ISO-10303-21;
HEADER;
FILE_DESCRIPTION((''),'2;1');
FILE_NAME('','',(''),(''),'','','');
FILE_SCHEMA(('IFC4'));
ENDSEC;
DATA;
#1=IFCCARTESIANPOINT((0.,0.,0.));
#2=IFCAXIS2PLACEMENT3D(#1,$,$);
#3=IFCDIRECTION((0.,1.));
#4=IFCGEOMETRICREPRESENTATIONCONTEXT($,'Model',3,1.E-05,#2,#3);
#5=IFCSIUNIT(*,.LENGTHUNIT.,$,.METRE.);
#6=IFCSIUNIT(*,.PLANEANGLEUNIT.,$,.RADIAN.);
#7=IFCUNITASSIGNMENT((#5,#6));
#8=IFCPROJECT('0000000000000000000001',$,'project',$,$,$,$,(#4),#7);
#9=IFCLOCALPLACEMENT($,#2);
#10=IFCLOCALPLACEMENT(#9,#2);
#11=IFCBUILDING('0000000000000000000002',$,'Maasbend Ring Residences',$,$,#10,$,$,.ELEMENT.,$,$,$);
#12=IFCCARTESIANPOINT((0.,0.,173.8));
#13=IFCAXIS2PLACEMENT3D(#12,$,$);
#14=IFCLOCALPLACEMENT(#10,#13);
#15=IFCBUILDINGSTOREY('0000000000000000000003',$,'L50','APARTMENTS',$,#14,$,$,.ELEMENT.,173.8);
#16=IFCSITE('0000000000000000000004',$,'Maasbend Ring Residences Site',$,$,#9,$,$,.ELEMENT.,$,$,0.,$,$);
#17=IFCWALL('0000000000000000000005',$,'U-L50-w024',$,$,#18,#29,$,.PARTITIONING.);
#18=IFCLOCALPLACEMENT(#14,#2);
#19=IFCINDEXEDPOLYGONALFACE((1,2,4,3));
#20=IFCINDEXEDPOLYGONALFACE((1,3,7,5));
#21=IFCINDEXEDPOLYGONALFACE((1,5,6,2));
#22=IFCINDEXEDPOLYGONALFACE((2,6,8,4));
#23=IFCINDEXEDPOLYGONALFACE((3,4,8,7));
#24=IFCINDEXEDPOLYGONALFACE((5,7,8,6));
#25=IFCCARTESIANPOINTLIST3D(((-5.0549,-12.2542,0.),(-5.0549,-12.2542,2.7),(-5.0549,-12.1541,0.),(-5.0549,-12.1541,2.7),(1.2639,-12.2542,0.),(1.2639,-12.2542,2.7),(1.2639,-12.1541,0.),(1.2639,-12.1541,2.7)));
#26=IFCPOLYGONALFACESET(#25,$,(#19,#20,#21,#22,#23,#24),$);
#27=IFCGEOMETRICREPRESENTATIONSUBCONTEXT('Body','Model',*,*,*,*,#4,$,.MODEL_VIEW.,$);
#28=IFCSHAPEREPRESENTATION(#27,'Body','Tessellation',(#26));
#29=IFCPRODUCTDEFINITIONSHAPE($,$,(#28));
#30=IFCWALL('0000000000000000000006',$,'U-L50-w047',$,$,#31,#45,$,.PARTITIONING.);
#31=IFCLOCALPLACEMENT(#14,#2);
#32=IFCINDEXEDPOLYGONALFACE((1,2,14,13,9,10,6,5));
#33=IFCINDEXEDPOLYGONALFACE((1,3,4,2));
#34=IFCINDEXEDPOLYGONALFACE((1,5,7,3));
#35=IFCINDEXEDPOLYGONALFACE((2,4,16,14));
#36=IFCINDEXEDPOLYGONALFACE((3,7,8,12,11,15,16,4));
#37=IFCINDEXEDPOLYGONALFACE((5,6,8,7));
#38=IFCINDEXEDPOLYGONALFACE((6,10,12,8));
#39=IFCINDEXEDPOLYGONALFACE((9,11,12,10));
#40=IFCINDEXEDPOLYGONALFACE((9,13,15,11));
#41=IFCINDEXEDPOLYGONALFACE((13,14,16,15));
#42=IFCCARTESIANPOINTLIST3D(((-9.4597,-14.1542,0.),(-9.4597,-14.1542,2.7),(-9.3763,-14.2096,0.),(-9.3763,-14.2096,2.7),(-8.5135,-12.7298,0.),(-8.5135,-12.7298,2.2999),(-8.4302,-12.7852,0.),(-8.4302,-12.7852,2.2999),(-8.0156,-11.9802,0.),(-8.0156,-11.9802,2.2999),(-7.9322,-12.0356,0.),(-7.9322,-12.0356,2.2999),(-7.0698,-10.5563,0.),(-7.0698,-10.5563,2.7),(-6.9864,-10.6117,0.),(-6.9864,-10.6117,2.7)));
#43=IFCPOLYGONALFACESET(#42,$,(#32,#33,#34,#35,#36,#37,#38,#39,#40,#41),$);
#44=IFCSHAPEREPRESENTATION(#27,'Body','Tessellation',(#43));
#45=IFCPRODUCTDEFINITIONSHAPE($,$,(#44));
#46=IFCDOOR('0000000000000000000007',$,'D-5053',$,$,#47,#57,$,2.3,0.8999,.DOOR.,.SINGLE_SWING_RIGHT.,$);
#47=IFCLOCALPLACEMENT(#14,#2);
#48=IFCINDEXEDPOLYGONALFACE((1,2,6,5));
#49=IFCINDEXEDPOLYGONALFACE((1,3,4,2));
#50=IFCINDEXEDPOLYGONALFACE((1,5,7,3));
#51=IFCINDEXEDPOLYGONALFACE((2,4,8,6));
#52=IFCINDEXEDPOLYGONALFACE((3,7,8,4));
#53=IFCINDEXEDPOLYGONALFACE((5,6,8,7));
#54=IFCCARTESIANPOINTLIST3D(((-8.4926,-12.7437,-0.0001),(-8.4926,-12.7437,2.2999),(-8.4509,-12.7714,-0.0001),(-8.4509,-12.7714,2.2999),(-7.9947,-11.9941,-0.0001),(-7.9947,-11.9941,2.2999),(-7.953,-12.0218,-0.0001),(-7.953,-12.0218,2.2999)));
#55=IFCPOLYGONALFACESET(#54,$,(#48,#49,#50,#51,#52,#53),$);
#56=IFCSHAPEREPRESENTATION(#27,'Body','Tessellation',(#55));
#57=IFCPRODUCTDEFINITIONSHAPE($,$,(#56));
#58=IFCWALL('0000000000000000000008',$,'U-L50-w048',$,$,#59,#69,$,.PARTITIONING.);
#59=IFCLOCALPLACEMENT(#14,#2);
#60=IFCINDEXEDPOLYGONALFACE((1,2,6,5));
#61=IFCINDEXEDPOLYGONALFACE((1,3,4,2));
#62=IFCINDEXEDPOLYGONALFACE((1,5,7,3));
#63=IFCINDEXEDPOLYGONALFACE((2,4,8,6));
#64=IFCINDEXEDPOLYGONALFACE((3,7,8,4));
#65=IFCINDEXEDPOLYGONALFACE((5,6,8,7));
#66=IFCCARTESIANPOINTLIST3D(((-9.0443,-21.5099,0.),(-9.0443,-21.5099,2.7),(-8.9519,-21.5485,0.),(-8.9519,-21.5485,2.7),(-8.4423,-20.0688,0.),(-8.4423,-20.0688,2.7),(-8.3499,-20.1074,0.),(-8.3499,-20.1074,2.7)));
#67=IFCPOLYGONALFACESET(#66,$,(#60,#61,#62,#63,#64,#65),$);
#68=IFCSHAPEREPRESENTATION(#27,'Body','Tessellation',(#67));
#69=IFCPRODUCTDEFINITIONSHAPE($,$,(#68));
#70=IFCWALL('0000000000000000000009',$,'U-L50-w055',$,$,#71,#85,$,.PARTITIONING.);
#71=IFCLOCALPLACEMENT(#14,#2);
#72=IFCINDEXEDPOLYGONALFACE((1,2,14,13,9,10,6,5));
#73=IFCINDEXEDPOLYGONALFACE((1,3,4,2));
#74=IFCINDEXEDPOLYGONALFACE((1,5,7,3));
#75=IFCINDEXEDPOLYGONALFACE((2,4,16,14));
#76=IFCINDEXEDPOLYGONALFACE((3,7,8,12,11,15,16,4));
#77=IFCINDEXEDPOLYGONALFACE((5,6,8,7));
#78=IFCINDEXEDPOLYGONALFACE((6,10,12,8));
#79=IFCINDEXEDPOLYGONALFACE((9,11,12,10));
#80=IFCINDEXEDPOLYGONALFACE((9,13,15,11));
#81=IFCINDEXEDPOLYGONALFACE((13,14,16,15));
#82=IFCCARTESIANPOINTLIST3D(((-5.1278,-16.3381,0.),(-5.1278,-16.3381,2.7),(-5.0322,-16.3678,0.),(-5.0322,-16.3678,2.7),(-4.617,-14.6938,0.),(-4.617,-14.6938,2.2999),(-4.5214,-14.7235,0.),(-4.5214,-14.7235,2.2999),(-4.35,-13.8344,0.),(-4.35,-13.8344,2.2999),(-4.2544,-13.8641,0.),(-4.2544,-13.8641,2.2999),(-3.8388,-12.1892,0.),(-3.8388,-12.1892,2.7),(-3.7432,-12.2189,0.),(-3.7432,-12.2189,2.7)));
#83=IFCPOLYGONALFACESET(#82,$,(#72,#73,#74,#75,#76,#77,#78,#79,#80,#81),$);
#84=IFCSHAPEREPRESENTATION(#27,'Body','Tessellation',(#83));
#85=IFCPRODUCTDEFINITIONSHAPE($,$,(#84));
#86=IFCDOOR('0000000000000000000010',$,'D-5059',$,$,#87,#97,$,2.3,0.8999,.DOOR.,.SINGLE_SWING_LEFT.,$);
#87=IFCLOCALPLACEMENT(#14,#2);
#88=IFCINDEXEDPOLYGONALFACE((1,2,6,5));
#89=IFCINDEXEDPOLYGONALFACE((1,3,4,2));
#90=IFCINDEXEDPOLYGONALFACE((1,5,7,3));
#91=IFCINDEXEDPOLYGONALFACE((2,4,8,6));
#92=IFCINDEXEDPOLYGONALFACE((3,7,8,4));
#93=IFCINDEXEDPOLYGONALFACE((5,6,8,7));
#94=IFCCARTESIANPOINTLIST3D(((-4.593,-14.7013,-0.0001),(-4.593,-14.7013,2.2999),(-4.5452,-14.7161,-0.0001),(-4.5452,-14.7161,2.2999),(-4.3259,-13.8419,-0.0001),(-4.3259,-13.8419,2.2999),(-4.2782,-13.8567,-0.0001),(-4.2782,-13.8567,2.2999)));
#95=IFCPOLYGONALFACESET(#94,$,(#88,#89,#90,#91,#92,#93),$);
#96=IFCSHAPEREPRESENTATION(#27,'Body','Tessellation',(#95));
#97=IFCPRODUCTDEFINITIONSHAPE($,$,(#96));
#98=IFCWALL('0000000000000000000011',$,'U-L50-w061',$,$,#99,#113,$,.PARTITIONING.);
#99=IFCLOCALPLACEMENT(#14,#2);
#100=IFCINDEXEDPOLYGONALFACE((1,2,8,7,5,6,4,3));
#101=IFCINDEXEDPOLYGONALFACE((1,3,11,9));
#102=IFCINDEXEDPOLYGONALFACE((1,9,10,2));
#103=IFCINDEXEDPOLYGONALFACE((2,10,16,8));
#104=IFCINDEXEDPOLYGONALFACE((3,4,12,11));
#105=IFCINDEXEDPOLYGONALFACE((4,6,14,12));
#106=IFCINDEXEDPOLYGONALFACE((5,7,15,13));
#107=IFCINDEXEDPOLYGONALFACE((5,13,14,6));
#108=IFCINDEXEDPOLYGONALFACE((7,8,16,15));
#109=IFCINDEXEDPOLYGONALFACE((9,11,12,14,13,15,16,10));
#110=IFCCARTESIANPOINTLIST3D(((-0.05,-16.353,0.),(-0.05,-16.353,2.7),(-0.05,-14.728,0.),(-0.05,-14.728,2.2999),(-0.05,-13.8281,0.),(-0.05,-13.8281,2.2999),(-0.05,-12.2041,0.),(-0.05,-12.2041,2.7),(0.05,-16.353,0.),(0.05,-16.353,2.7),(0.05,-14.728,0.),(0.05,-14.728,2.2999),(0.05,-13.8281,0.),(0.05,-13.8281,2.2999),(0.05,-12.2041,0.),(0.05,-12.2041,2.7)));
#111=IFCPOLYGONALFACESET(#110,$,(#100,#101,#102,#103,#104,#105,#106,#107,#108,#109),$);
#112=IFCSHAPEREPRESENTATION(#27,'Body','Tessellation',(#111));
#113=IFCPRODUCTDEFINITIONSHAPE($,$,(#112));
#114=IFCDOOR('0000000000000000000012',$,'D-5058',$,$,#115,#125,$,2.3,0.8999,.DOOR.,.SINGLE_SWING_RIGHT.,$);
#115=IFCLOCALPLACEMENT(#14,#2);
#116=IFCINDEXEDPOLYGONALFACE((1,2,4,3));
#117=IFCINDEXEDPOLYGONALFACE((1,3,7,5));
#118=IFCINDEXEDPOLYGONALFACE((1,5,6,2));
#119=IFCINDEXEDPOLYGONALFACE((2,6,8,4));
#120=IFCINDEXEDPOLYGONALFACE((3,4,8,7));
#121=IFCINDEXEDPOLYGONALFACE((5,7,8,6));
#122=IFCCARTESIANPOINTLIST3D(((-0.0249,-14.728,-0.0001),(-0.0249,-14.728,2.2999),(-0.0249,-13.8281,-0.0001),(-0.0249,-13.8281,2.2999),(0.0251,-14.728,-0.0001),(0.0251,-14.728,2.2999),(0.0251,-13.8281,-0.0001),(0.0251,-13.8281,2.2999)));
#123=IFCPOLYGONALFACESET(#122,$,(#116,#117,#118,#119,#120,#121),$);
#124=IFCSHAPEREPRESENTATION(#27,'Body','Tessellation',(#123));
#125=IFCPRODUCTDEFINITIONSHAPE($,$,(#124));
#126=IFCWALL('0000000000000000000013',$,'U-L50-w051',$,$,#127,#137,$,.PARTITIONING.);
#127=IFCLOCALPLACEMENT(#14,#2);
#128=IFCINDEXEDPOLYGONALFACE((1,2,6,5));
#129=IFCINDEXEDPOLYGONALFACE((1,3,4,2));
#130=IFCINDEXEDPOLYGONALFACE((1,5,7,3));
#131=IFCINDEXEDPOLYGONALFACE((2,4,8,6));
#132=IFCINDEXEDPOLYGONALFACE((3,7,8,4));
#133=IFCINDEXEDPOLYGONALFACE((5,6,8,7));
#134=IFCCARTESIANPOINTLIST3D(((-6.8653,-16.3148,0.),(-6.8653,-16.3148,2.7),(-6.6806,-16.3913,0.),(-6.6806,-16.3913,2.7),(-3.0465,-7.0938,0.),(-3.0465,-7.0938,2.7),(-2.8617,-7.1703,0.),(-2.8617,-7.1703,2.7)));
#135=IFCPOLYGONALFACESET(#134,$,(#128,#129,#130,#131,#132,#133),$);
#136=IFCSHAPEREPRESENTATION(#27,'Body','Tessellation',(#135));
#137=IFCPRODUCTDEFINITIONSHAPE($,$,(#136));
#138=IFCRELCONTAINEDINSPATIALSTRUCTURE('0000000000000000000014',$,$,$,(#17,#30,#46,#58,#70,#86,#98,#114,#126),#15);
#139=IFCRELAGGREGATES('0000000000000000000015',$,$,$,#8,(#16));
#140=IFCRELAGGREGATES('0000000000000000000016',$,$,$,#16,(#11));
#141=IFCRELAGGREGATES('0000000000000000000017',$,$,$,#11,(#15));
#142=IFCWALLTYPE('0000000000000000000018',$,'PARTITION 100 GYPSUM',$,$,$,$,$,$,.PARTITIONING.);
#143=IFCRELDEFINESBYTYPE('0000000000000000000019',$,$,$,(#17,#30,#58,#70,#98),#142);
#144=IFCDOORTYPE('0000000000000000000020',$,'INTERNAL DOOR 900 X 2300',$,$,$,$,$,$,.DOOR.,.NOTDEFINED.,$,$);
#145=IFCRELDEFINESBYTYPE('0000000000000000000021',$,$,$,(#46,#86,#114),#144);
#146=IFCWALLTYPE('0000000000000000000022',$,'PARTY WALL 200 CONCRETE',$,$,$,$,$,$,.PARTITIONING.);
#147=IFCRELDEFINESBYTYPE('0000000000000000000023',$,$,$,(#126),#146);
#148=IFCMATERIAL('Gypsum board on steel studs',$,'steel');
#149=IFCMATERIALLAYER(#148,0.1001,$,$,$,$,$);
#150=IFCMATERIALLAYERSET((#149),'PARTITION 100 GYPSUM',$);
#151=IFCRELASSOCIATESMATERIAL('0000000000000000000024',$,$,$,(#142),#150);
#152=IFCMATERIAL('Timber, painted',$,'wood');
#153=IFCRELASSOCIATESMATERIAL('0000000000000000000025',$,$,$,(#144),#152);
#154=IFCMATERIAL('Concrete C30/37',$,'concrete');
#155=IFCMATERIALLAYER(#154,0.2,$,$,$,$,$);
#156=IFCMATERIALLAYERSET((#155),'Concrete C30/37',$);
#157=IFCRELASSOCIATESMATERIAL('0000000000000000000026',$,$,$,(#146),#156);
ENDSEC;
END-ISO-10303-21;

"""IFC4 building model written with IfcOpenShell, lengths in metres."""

from ifc_helpers import new_model, si_unit, direction, frame, frame_2d, origin, place, context, subcontext, project, spatial, rectangle, extrude, material, layer, layer_set, type_object, element, fill, save


model = new_model("IFC4")

# Units and contexts
model_context = context("Model", 3, precision=1e-05, world=origin(), true_north=direction((0.0, 1.0)))
body_context = subcontext(model_context, "Body", "Model", "MODEL_VIEW")
ifc_project = project(units=[si_unit("LENGTHUNIT", "METRE"), si_unit("PLANEANGLEUNIT", "RADIAN")], contexts=[model_context])

# Site, building, storey
site_placement = place(None, origin())
site = spatial("IfcSite", under=ifc_project, at=site_placement, Name="Maasbend Ring Residences Site", CompositionType="ELEMENT", RefElevation=0.0)
building_placement = place(site_placement, origin())
building = spatial("IfcBuilding", under=site, at=building_placement, Name="Maasbend Ring Residences", CompositionType="ELEMENT")
storey_placement = place(building_placement, frame((0.0, 0.0, 173.8)))
storey = spatial("IfcBuildingStorey", under=building, at=storey_placement, Name="L50", Description="APARTMENTS", CompositionType="ELEMENT", Elevation=173.8)

# Shared definitions
ifc_material_1 = material(Name="Gypsum board on steel studs", Category="steel")
ifc_layer_1 = layer(ifc_material_1, 0.1001)
ifc_layer_set_1 = layer_set([ifc_layer_1], Name="PARTITION 100 GYPSUM")
wall_type_1 = type_object("IfcWallType", Name="PARTITION 100 GYPSUM", PredefinedType="PARTITIONING", material=ifc_layer_set_1)
ifc_material_2 = material(Name="Timber, painted", Category="wood")
door_type_1 = type_object("IfcDoorType", Name="INTERNAL DOOR 900 X 2300", OperationType="NOTDEFINED", PredefinedType="DOOR", material=ifc_material_2)

# Wall
wall_1_placement = place(storey_placement, frame((-5.0549, -12.2041, 0.0), z_axis=(0.0, 0.0, 1.0), x_axis=(1.0, 0.0, 0.0)))
element("IfcWall", 1, at=wall_1_placement, inside=storey, type_object=wall_type_1, Name="U-L50-w024", PredefinedType="PARTITIONING", context=body_context, shape_type="SweptSolid", body=[
    extrude(rectangle(XDim=6.3188, YDim=0.1001, at=frame_2d((3.1594, 0.0))), origin(), (0.0, 0.0, 1.0), 2.7),
])

# Wall, opening, door
wall_2_placement = place(storey_placement, frame((-9.418, -14.1819, 0.0), z_axis=(0.0, 0.0, 1.0), x_axis=(0.553304, 0.83298, 0.0)))
wall_2 = element("IfcWall", 2, at=wall_2_placement, inside=storey, type_object=wall_type_1, Name="U-L50-w047", PredefinedType="PARTITIONING", context=body_context, shape_type="SweptSolid", body=[
    extrude(rectangle(XDim=4.3193, YDim=0.1001, at=frame_2d((2.1597, 0.0))), origin(), (0.0, 0.0, 1.0), 2.7),
])
opening_1_placement = place(wall_2_placement, frame((1.71, 0.0, 0.0)))
opening_1 = element("IfcOpeningElement", 3, at=opening_1_placement, cuts=wall_2, PredefinedType="OPENING", context=body_context, shape_type="SweptSolid", body=[
    extrude(rectangle(XDim=0.8999, YDim=2.3, at=frame_2d((0.45, 1.1499))), frame((0.0, 0.0601, 0.0), z_axis=(0.0, -1.0, 0.0), x_axis=(1.0, 0.0, 0.0)), (0.0, 0.0, 1.0), 0.1201),
])
door_1_placement = place(opening_1_placement, origin())
door_1 = element("IfcDoor", 4, at=door_1_placement, inside=storey, type_object=door_type_1, Name="D-5053", OperationType="SINGLE_SWING_RIGHT", OverallHeight=2.3, OverallWidth=0.8999, PredefinedType="DOOR", context=body_context, shape_type="SweptSolid", body=[
    extrude(rectangle(XDim=0.8999, YDim=2.3, at=frame_2d((0.45, 1.1499))), frame((0.0, 0.0249, 0.0), z_axis=(0.0, -1.0, 0.0), x_axis=(1.0, 0.0, 0.0)), (0.0, 0.0, 1.0), 0.05),
])
fill(opening_1, door_1)

# Wall
wall_3_placement = place(storey_placement, frame((-8.998, -21.5291, 0.0), z_axis=(0.0, 0.0, 1.0), x_axis=(0.38547, 0.92272, 0.0)))
element("IfcWall", 5, at=wall_3_placement, inside=storey, type_object=wall_type_1, Name="U-L50-w048", PredefinedType="PARTITIONING", context=body_context, shape_type="SweptSolid", body=[
    extrude(rectangle(XDim=1.5618, YDim=0.1001, at=frame_2d((0.7808, 0.0))), origin(), (0.0, 0.0, 1.0), 2.7),
])

# Walls, openings, doors
wall_4_placement = place(storey_placement, frame((-5.0801, -16.353, 0.0), z_axis=(0.0, 0.0, 1.0), x_axis=(0.296707, 0.954969, 0.0)))
wall_4 = element("IfcWall", 6, at=wall_4_placement, inside=storey, type_object=wall_type_1, Name="U-L50-w055", PredefinedType="PARTITIONING", context=body_context, shape_type="SweptSolid", body=[
    extrude(rectangle(XDim=4.3445, YDim=0.1001, at=frame_2d((2.1724, 0.0))), origin(), (0.0, 0.0, 1.0), 2.7),
])
opening_2_placement = place(wall_4_placement, frame((1.7219, 0.0, 0.0)))
opening_2 = element("IfcOpeningElement", 7, at=opening_2_placement, cuts=wall_4, PredefinedType="OPENING", context=body_context, shape_type="SweptSolid", body=[
    extrude(rectangle(XDim=0.8999, YDim=2.3, at=frame_2d((0.45, 1.1499))), frame((0.0, 0.0601, 0.0), z_axis=(0.0, -1.0, 0.0), x_axis=(1.0, 0.0, 0.0)), (0.0, 0.0, 1.0), 0.1201),
])
door_2_placement = place(opening_2_placement, origin())
door_2 = element("IfcDoor", 8, at=door_2_placement, inside=storey, type_object=door_type_1, Name="D-5059", OperationType="SINGLE_SWING_LEFT", OverallHeight=2.3, OverallWidth=0.8999, PredefinedType="DOOR", context=body_context, shape_type="SweptSolid", body=[
    extrude(rectangle(XDim=0.8999, YDim=2.3, at=frame_2d((0.45, 1.1499))), frame((0.0, 0.0249, 0.0), z_axis=(0.0, -1.0, 0.0), x_axis=(1.0, 0.0, 0.0)), (0.0, 0.0, 1.0), 0.05),
])
fill(opening_2, door_2)
wall_5_placement = place(storey_placement, frame((0.0, -16.353, 0.0), z_axis=(0.0, 0.0, 1.0), x_axis=(0.0, 1.0, 0.0)))
wall_5 = element("IfcWall", 9, at=wall_5_placement, inside=storey, type_object=wall_type_1, Name="U-L50-w061", PredefinedType="PARTITIONING", context=body_context, shape_type="SweptSolid", body=[
    extrude(rectangle(XDim=4.1489, YDim=0.1001, at=frame_2d((2.0745, 0.0))), origin(), (0.0, 0.0, 1.0), 2.7),
])
opening_3_placement = place(wall_5_placement, frame((1.625, 0.0, 0.0)))
opening_3 = element("IfcOpeningElement", 10, at=opening_3_placement, cuts=wall_5, PredefinedType="OPENING", context=body_context, shape_type="SweptSolid", body=[
    extrude(rectangle(XDim=0.8999, YDim=2.3, at=frame_2d((0.45, 1.1499))), frame((0.0, 0.0601, 0.0), z_axis=(0.0, -1.0, 0.0), x_axis=(1.0, 0.0, 0.0)), (0.0, 0.0, 1.0), 0.1201),
])
door_3_placement = place(opening_3_placement, origin())
door_3 = element("IfcDoor", 11, at=door_3_placement, inside=storey, type_object=door_type_1, Name="D-5058", OperationType="SINGLE_SWING_RIGHT", OverallHeight=2.3, OverallWidth=0.8999, PredefinedType="DOOR", context=body_context, shape_type="SweptSolid", body=[
    extrude(rectangle(XDim=0.8999, YDim=2.3, at=frame_2d((0.45, 1.1499))), frame((0.0, 0.0249, 0.0), z_axis=(0.0, -1.0, 0.0), x_axis=(1.0, 0.0, 0.0)), (0.0, 0.0, 1.0), 0.05),
])
fill(opening_3, door_3)

# Wall
ifc_material_3 = material(Name="Concrete C30/37", Category="concrete")
ifc_layer_2 = layer(ifc_material_3, 0.2)
ifc_layer_set_2 = layer_set([ifc_layer_2], Name="Concrete C30/37")
wall_type_2 = type_object("IfcWallType", Name="PARTY WALL 200 CONCRETE", PredefinedType="PARTITIONING", material=ifc_layer_set_2)
wall_6_placement = place(storey_placement, frame((-6.7729, -16.353, 0.0), z_axis=(0.0, 0.0, 1.0), x_axis=(0.382633, 0.923901, 0.0)))
element("IfcWall", 12, at=wall_6_placement, inside=storey, type_object=wall_type_2, Name="U-L50-w051", PredefinedType="PARTITIONING", context=body_context, shape_type="SweptSolid", body=[
    extrude(rectangle(XDim=9.9805, YDim=0.2, at=frame_2d((4.9902, 0.0))), origin(), (0.0, 0.0, 1.0), 2.7),
])

save(model, "model.ifc")
